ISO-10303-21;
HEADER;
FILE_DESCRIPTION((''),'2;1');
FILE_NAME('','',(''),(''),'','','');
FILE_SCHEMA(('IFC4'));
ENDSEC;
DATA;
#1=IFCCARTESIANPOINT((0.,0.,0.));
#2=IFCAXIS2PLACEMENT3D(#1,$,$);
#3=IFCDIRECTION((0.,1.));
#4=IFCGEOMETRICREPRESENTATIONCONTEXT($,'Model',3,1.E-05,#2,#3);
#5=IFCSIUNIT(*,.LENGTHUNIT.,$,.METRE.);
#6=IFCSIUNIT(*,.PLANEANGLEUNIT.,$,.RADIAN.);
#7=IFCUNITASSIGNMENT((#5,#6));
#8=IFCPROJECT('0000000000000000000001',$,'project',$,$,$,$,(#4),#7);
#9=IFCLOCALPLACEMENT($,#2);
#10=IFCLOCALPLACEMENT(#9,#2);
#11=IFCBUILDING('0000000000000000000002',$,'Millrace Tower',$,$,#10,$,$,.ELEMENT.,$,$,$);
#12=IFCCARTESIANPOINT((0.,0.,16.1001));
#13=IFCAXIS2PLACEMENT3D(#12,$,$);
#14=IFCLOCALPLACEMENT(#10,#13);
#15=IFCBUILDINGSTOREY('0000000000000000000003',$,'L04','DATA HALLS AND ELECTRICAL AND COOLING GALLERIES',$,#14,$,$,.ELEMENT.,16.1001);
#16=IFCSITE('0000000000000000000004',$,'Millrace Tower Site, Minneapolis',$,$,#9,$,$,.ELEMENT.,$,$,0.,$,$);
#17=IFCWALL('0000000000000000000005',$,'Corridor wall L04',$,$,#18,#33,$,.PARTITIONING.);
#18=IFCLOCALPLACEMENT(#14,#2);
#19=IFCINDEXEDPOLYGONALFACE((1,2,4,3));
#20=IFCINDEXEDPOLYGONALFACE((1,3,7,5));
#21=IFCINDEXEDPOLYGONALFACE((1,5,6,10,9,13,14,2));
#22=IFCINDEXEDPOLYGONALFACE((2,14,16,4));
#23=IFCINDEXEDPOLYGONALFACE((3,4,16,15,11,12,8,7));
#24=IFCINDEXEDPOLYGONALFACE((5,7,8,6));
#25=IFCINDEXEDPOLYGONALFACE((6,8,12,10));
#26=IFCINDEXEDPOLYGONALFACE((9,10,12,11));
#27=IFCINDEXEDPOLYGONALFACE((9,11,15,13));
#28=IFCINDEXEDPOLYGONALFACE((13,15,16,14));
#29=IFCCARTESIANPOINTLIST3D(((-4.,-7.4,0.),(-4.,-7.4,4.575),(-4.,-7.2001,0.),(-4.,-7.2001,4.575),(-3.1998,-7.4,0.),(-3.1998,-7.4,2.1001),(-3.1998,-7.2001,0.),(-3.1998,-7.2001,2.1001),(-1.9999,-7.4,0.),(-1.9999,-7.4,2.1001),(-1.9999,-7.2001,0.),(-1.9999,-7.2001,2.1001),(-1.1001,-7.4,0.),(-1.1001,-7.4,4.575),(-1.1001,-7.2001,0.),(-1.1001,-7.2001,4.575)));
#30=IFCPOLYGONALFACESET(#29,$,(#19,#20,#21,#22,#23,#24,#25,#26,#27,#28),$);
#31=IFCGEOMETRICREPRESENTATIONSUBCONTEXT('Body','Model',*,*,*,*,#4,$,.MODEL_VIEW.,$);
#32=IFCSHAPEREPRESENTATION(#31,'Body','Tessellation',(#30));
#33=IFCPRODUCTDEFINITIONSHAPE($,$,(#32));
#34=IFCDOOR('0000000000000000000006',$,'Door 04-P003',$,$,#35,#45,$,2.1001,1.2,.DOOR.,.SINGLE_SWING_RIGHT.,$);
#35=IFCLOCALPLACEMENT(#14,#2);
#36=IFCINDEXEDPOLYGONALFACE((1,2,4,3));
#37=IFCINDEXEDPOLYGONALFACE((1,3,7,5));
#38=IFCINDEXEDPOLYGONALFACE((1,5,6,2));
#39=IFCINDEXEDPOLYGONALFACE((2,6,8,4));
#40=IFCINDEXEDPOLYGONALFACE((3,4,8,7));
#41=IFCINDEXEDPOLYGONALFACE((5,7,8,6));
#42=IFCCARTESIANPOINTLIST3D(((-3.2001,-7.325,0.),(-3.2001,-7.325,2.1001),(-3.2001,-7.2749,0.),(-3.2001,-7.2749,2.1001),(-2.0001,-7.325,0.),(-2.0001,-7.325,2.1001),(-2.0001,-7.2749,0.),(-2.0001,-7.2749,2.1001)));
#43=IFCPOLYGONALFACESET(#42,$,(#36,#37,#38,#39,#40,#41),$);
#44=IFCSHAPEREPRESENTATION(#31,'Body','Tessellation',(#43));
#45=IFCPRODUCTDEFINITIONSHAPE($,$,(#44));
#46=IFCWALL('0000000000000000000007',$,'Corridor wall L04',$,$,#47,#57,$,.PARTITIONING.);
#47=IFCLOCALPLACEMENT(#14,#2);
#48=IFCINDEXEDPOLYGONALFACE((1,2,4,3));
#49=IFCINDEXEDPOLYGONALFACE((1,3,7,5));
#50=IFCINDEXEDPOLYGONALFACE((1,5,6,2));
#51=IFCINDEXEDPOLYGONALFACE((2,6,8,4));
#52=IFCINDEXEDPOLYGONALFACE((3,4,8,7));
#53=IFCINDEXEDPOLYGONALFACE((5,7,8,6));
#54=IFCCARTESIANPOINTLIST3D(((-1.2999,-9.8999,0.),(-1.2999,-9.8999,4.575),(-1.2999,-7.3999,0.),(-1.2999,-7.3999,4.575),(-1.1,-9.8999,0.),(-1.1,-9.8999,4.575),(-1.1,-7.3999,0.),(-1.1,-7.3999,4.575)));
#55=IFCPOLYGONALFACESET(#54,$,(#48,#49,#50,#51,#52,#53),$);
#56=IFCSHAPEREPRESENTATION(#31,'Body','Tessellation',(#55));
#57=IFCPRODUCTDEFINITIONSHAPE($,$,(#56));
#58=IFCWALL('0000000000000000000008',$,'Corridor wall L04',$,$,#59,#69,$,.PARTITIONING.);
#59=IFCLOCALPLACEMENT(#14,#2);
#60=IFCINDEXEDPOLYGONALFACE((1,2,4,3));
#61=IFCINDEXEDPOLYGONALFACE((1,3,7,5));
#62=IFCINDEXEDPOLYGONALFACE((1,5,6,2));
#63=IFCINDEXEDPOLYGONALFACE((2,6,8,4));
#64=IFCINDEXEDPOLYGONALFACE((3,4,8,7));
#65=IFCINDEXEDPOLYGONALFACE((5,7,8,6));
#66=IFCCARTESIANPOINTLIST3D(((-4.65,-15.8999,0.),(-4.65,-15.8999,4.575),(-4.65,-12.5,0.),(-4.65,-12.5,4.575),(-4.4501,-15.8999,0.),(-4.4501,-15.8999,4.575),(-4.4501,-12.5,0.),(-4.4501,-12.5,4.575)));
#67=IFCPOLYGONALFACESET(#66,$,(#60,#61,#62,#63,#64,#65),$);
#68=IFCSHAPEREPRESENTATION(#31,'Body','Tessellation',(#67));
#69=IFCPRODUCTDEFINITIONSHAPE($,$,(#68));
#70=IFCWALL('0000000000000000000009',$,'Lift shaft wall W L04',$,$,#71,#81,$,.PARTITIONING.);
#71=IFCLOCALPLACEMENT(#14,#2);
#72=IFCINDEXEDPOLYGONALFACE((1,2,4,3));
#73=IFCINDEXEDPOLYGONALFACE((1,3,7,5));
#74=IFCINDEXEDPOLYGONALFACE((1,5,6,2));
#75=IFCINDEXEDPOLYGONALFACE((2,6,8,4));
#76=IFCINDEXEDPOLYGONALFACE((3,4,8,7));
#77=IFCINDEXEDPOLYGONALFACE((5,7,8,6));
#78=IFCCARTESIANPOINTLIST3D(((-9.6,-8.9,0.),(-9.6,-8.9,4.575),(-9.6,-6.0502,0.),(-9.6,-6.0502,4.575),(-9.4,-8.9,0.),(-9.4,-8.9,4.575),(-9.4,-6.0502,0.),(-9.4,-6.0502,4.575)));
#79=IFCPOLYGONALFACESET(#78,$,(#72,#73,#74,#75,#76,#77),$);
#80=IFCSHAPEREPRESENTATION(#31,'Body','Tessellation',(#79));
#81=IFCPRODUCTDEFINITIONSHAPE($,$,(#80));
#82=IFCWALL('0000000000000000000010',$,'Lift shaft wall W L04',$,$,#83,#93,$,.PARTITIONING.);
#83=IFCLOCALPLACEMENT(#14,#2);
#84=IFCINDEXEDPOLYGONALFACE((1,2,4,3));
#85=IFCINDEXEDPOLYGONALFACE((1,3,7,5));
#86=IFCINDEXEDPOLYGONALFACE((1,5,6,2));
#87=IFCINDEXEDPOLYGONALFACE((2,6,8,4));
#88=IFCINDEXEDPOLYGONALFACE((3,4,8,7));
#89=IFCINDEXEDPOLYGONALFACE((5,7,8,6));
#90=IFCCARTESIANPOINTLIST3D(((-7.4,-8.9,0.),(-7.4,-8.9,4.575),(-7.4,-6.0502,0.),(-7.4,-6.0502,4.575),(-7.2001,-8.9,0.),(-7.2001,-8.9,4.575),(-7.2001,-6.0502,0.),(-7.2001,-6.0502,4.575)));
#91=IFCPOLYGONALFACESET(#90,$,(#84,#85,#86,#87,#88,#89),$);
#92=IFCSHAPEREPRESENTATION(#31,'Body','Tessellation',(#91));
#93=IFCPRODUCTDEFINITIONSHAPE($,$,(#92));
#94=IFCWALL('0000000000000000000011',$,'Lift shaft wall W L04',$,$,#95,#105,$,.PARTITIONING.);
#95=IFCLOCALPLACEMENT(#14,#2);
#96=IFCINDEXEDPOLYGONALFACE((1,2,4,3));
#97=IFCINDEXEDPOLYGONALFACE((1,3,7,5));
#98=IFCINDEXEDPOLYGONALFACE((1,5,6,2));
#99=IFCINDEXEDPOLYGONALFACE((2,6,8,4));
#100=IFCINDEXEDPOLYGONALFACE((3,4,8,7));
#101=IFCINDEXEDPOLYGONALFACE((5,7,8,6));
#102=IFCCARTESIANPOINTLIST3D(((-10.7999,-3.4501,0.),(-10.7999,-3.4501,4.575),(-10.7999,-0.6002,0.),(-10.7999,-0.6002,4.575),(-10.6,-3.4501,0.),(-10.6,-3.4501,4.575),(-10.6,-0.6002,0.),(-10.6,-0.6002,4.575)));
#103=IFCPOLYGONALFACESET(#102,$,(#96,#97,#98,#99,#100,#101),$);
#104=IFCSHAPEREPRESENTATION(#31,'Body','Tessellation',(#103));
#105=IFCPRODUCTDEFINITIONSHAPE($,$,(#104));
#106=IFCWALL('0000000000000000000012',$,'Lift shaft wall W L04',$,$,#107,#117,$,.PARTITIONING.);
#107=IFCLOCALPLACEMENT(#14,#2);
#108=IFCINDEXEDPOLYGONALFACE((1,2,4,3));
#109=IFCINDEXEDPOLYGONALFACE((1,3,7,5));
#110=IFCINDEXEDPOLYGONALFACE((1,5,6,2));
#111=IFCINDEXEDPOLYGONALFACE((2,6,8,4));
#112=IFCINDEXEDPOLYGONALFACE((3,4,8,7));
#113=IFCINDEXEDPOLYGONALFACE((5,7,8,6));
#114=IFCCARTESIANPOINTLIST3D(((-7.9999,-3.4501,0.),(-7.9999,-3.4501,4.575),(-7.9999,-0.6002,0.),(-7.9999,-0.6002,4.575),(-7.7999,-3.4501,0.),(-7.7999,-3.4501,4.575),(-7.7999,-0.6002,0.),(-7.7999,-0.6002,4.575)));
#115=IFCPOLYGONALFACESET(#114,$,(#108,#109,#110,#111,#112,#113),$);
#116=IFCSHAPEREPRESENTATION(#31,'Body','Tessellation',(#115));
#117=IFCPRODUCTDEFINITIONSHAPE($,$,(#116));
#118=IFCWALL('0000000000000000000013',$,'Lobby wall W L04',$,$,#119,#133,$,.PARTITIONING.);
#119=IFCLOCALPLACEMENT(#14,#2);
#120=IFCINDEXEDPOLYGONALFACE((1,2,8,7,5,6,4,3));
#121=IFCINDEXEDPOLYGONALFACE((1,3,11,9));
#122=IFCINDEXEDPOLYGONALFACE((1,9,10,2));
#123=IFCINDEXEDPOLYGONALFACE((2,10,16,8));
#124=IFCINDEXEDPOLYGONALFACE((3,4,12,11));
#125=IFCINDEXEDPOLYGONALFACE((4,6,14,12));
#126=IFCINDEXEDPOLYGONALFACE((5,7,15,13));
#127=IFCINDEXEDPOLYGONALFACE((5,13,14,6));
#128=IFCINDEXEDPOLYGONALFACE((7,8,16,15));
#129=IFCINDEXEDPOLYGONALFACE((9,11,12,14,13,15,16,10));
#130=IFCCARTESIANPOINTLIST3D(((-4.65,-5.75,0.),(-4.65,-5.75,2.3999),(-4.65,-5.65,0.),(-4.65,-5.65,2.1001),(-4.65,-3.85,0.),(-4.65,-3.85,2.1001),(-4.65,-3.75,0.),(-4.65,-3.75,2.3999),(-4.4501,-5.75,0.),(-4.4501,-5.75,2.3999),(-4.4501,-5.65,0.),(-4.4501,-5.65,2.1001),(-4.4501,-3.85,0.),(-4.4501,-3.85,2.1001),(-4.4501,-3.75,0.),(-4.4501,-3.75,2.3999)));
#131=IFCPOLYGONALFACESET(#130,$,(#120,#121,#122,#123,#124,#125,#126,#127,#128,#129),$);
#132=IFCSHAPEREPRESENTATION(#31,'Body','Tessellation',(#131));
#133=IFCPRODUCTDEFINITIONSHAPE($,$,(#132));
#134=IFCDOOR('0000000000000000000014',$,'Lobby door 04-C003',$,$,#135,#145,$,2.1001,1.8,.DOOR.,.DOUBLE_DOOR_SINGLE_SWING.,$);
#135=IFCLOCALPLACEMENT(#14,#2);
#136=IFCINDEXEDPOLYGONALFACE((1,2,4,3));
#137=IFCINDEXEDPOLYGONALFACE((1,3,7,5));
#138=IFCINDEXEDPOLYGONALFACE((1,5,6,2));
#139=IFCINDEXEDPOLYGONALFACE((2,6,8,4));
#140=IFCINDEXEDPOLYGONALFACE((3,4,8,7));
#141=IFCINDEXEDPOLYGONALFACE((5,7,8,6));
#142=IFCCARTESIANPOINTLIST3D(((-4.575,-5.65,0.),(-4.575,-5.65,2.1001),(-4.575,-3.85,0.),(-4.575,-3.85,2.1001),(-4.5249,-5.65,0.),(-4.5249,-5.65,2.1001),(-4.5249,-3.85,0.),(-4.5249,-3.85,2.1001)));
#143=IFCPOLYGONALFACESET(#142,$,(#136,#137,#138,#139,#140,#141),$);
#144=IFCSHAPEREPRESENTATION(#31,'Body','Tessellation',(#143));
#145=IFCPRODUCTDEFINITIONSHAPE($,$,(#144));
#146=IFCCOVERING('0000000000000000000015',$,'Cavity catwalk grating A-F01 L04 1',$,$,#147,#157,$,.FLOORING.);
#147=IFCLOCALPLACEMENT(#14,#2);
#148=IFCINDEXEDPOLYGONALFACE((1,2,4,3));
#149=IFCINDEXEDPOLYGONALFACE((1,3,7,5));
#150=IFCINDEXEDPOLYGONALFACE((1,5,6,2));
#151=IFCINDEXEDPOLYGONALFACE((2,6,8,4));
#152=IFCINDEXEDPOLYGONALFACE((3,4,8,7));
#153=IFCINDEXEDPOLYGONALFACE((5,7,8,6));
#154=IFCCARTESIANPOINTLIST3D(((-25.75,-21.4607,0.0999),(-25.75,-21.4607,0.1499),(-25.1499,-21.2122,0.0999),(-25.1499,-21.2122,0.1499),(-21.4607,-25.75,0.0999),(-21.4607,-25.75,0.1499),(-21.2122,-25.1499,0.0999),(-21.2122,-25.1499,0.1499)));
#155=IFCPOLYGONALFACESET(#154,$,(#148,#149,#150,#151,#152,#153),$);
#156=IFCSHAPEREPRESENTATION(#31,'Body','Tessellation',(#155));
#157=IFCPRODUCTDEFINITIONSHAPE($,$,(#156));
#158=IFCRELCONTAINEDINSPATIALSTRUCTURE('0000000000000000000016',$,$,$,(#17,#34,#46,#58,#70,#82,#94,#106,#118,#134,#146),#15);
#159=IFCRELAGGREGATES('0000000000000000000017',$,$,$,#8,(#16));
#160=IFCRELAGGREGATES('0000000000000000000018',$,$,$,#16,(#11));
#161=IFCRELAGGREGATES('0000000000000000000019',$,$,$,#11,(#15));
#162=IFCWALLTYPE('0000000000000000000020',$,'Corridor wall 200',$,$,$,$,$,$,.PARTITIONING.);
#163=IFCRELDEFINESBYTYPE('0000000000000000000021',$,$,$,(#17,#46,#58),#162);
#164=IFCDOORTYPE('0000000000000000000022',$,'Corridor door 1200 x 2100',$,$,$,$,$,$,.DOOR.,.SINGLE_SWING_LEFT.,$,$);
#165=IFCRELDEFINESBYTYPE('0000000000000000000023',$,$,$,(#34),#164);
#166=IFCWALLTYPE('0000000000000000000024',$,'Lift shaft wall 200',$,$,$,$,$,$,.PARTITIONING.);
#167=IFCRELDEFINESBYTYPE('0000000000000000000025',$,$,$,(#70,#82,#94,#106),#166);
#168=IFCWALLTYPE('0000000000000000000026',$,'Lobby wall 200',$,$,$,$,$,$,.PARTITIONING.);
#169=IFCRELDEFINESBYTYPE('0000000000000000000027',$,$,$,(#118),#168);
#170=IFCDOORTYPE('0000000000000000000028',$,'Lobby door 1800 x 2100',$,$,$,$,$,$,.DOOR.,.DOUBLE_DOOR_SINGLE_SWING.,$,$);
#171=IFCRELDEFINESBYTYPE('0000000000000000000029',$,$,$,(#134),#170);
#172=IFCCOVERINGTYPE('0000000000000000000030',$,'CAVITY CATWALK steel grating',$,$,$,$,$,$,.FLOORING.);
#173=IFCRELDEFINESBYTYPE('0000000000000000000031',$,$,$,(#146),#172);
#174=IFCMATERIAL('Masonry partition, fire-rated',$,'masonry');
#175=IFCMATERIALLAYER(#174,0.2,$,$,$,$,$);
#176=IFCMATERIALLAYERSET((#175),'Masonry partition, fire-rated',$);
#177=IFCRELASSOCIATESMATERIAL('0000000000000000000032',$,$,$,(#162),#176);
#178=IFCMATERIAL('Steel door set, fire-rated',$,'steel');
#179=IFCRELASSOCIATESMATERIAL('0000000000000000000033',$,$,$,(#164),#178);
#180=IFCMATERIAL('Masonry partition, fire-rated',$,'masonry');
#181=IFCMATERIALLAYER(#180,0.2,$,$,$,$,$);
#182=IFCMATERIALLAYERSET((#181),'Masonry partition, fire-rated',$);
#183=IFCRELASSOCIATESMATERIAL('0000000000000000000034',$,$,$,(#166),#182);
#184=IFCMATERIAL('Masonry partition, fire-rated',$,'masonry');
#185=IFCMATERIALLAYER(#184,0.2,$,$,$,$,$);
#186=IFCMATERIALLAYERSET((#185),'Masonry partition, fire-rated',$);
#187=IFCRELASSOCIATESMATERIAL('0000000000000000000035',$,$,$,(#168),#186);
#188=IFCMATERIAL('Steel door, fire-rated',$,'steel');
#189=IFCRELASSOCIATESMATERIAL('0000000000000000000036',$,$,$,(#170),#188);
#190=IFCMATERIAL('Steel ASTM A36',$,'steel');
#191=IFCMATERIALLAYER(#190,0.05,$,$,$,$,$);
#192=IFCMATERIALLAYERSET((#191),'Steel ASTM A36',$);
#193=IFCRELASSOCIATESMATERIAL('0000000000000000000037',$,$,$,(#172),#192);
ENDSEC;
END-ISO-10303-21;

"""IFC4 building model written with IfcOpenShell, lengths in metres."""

from ifc_helpers import new_model, si_unit, direction, frame, frame_2d, origin, place, context, subcontext, project, spatial, polyline, rectangle, outline, extrude, material, layer, layer_set, type_object, element, fill, save


model = new_model("IFC4")

# Units and contexts
model_context = context("Model", 3, precision=1e-05, world=origin(), true_north=direction((0.0, 1.0)))
body_context = subcontext(model_context, "Body", "Model", "MODEL_VIEW")
ifc_project = project(units=[si_unit("LENGTHUNIT", "METRE"), si_unit("PLANEANGLEUNIT", "RADIAN")], contexts=[model_context])

# Site, building, storey
site_placement = place(None, origin())
site = spatial("IfcSite", under=ifc_project, at=site_placement, Name="Millrace Tower Site, Minneapolis", CompositionType="ELEMENT", RefElevation=0.0)
building_placement = place(site_placement, origin())
building = spatial("IfcBuilding", under=site, at=building_placement, Name="Millrace Tower", CompositionType="ELEMENT")
storey_placement = place(building_placement, frame((0.0, 0.0, 16.1001)))
storey = spatial("IfcBuildingStorey", under=building, at=storey_placement, Name="L04", Description="DATA HALLS AND ELECTRICAL AND COOLING GALLERIES", CompositionType="ELEMENT", Elevation=16.1001)

# Shared definitions
ifc_material_1 = material(Name="Masonry partition, fire-rated", Category="masonry")
ifc_layer_1 = layer(ifc_material_1, 0.2)
ifc_layer_set_1 = layer_set([ifc_layer_1], Name="Masonry partition, fire-rated")
wall_type_1 = type_object("IfcWallType", Name="Corridor wall 200", PredefinedType="PARTITIONING", material=ifc_layer_set_1)

# Wall, opening, door
wall_1_placement = place(storey_placement, frame((-4.0, -7.3, 0.0), z_axis=(0.0, 0.0, 1.0), x_axis=(1.0, 0.0, 0.0)))
wall_1 = element("IfcWall", 1, at=wall_1_placement, inside=storey, type_object=wall_type_1, Name="Corridor wall L04", PredefinedType="PARTITIONING", context=body_context, shape_type="SweptSolid", body=[
    extrude(rectangle(XDim=2.8999, YDim=0.2, at=frame_2d((1.45, 0.0))), origin(), (0.0, 0.0, 1.0), 4.575),
])
opening_1_placement = place(wall_1_placement, frame((0.8, 0.0, 0.0)))
opening_1 = element("IfcOpeningElement", 2, at=opening_1_placement, cuts=wall_1, PredefinedType="OPENING", context=body_context, shape_type="SweptSolid", body=[
    extrude(rectangle(XDim=1.2, YDim=2.1001, at=frame_2d((0.6001, 1.05))), frame((0.0, 0.1099, 0.0), z_axis=(0.0, -1.0, 0.0), x_axis=(1.0, 0.0, 0.0)), (0.0, 0.0, 1.0), 0.22),
])
ifc_material_2 = material(Name="Steel door set, fire-rated", Category="steel")
door_type_1 = type_object("IfcDoorType", Name="Corridor door 1200 x 2100", OperationType="SINGLE_SWING_LEFT", PredefinedType="DOOR", material=ifc_material_2)
door_1_placement = place(opening_1_placement, frame((1.2, 0.0, 0.0), z_axis=(0.0, 0.0, 1.0), x_axis=(-1.0, 0.0, 0.0)))
door_1 = element("IfcDoor", 3, at=door_1_placement, inside=storey, type_object=door_type_1, Name="Door 04-P003", OperationType="SINGLE_SWING_RIGHT", OverallHeight=2.1001, OverallWidth=1.2, PredefinedType="DOOR", context=body_context, shape_type="SweptSolid", body=[
    extrude(rectangle(XDim=1.2, YDim=2.1001, at=frame_2d((0.6001, 1.05))), frame((0.0, 0.0249, 0.0), z_axis=(0.0, -1.0, 0.0), x_axis=(1.0, 0.0, 0.0)), (0.0, 0.0, 1.0), 0.05),
])
fill(opening_1, door_1)

# Walls
wall_2_placement = place(storey_placement, frame((-1.2, -9.8999, 0.0), z_axis=(0.0, 0.0, 1.0), x_axis=(0.0, 1.0, 0.0)))
element("IfcWall", 4, at=wall_2_placement, inside=storey, type_object=wall_type_1, Name="Corridor wall L04", PredefinedType="PARTITIONING", context=body_context, shape_type="SweptSolid", body=[
    extrude(rectangle(XDim=2.5, YDim=0.2, at=frame_2d((1.25, 0.0))), origin(), (0.0, 0.0, 1.0), 4.575),
])
wall_3_placement = place(storey_placement, frame((-4.55, -15.8999, 0.0), z_axis=(0.0, 0.0, 1.0), x_axis=(0.0, 1.0, 0.0)))
element("IfcWall", 5, at=wall_3_placement, inside=storey, type_object=wall_type_1, Name="Corridor wall L04", PredefinedType="PARTITIONING", context=body_context, shape_type="SweptSolid", body=[
    extrude(rectangle(XDim=3.3999, YDim=0.2, at=frame_2d((1.7, 0.0))), origin(), (0.0, 0.0, 1.0), 4.575),
])
ifc_material_3 = material(Name="Masonry partition, fire-rated", Category="masonry")
ifc_layer_2 = layer(ifc_material_3, 0.2)
ifc_layer_set_2 = layer_set([ifc_layer_2], Name="Masonry partition, fire-rated")
wall_type_2 = type_object("IfcWallType", Name="Lift shaft wall 200", PredefinedType="PARTITIONING", material=ifc_layer_set_2)
for number, where, z_axis, x_axis, name in (
    (6, (-9.5, -8.8999, 0.0), (0.0, 0.0, 1.0), (0.0, 1.0, 0.0), "Lift shaft wall W L04"),
    (7, (-7.3, -8.8999, 0.0), (0.0, 0.0, 1.0), (0.0, 1.0, 0.0), "Lift shaft wall W L04"),
    (8, (-10.7, -3.45, 0.0), (0.0, 0.0, 1.0), (0.0, 1.0, 0.0), "Lift shaft wall W L04"),
    (9, (-7.8999, -3.45, 0.0), (0.0, 0.0, 1.0), (0.0, 1.0, 0.0), "Lift shaft wall W L04"),
):
    element("IfcWall", number, at=place(storey_placement, frame(where, z_axis=z_axis, x_axis=x_axis)), inside=storey, type_object=wall_type_2, Name=name, PredefinedType="PARTITIONING", context=body_context, shape_type="SweptSolid", body=[
        extrude(rectangle(XDim=2.8499, YDim=0.2, at=frame_2d((1.4248, 0.0))), origin(), (0.0, 0.0, 1.0), 4.575),
    ])

# Wall, opening, door
ifc_material_4 = material(Name="Masonry partition, fire-rated", Category="masonry")
ifc_layer_3 = layer(ifc_material_4, 0.2)
ifc_layer_set_3 = layer_set([ifc_layer_3], Name="Masonry partition, fire-rated")
wall_type_3 = type_object("IfcWallType", Name="Lobby wall 200", PredefinedType="PARTITIONING", material=ifc_layer_set_3)
wall_4_placement = place(storey_placement, frame((-4.55, -5.75, 0.0), z_axis=(0.0, 0.0, 1.0), x_axis=(0.0, 1.0, 0.0)))
wall_4 = element("IfcWall", 10, at=wall_4_placement, inside=storey, type_object=wall_type_3, Name="Lobby wall W L04", PredefinedType="PARTITIONING", context=body_context, shape_type="SweptSolid", body=[
    extrude(rectangle(XDim=2.0, YDim=0.2, at=frame_2d((1.0, 0.0))), origin(), (0.0, 0.0, 1.0), 2.3999),
])
opening_2_placement = place(wall_4_placement, frame((0.1001, 0.0, 0.0)))
opening_2 = element("IfcOpeningElement", 11, at=opening_2_placement, cuts=wall_4, PredefinedType="OPENING", context=body_context, shape_type="SweptSolid", body=[
    extrude(rectangle(XDim=1.8, YDim=2.1001, at=frame_2d((0.8999, 1.05))), frame((0.0, 0.1099, 0.0), z_axis=(0.0, -1.0, 0.0), x_axis=(1.0, 0.0, 0.0)), (0.0, 0.0, 1.0), 0.22),
])
ifc_material_5 = material(Name="Steel door, fire-rated", Category="steel")
door_type_2 = type_object("IfcDoorType", Name="Lobby door 1800 x 2100", OperationType="DOUBLE_DOOR_SINGLE_SWING", PredefinedType="DOOR", material=ifc_material_5)
door_2_placement = place(opening_2_placement, origin())
door_2 = element("IfcDoor", 12, at=door_2_placement, inside=storey, type_object=door_type_2, Name="Lobby door 04-C003", OperationType="DOUBLE_DOOR_SINGLE_SWING", OverallHeight=2.1001, OverallWidth=1.8, PredefinedType="DOOR", context=body_context, shape_type="SweptSolid", body=[
    extrude(rectangle(XDim=1.8, YDim=2.1001, at=frame_2d((0.8999, 1.05))), frame((0.0, 0.0249, 0.0), z_axis=(0.0, -1.0, 0.0), x_axis=(1.0, 0.0, 0.0)), (0.0, 0.0, 1.0), 0.05),
])
fill(opening_2, door_2)

# Covering
ifc_material_6 = material(Name="Steel ASTM A36", Category="steel")
ifc_layer_4 = layer(ifc_material_6, 0.05)
ifc_layer_set_4 = layer_set([ifc_layer_4], Name="Steel ASTM A36")
covering_type = type_object("IfcCoveringType", Name="CAVITY CATWALK steel grating", PredefinedType="FLOORING", material=ifc_layer_set_4)
covering_placement = place(storey_placement, frame((0.0, 0.0, 0.0999)))
element("IfcCovering", 13, at=covering_placement, inside=storey, type_object=covering_type, Name="Cavity catwalk grating A-F01 L04 1", PredefinedType="FLOORING", context=body_context, shape_type="SweptSolid", body=[
    extrude(outline(polyline([(-25.75, -21.4607), (-21.4607, -25.75), (-21.2122, -25.1499), (-25.1499, -21.2122), (-25.75, -21.4607)])), origin(), (0.0, 0.0, 1.0), 0.05),
])

save(model, "model.ifc")
